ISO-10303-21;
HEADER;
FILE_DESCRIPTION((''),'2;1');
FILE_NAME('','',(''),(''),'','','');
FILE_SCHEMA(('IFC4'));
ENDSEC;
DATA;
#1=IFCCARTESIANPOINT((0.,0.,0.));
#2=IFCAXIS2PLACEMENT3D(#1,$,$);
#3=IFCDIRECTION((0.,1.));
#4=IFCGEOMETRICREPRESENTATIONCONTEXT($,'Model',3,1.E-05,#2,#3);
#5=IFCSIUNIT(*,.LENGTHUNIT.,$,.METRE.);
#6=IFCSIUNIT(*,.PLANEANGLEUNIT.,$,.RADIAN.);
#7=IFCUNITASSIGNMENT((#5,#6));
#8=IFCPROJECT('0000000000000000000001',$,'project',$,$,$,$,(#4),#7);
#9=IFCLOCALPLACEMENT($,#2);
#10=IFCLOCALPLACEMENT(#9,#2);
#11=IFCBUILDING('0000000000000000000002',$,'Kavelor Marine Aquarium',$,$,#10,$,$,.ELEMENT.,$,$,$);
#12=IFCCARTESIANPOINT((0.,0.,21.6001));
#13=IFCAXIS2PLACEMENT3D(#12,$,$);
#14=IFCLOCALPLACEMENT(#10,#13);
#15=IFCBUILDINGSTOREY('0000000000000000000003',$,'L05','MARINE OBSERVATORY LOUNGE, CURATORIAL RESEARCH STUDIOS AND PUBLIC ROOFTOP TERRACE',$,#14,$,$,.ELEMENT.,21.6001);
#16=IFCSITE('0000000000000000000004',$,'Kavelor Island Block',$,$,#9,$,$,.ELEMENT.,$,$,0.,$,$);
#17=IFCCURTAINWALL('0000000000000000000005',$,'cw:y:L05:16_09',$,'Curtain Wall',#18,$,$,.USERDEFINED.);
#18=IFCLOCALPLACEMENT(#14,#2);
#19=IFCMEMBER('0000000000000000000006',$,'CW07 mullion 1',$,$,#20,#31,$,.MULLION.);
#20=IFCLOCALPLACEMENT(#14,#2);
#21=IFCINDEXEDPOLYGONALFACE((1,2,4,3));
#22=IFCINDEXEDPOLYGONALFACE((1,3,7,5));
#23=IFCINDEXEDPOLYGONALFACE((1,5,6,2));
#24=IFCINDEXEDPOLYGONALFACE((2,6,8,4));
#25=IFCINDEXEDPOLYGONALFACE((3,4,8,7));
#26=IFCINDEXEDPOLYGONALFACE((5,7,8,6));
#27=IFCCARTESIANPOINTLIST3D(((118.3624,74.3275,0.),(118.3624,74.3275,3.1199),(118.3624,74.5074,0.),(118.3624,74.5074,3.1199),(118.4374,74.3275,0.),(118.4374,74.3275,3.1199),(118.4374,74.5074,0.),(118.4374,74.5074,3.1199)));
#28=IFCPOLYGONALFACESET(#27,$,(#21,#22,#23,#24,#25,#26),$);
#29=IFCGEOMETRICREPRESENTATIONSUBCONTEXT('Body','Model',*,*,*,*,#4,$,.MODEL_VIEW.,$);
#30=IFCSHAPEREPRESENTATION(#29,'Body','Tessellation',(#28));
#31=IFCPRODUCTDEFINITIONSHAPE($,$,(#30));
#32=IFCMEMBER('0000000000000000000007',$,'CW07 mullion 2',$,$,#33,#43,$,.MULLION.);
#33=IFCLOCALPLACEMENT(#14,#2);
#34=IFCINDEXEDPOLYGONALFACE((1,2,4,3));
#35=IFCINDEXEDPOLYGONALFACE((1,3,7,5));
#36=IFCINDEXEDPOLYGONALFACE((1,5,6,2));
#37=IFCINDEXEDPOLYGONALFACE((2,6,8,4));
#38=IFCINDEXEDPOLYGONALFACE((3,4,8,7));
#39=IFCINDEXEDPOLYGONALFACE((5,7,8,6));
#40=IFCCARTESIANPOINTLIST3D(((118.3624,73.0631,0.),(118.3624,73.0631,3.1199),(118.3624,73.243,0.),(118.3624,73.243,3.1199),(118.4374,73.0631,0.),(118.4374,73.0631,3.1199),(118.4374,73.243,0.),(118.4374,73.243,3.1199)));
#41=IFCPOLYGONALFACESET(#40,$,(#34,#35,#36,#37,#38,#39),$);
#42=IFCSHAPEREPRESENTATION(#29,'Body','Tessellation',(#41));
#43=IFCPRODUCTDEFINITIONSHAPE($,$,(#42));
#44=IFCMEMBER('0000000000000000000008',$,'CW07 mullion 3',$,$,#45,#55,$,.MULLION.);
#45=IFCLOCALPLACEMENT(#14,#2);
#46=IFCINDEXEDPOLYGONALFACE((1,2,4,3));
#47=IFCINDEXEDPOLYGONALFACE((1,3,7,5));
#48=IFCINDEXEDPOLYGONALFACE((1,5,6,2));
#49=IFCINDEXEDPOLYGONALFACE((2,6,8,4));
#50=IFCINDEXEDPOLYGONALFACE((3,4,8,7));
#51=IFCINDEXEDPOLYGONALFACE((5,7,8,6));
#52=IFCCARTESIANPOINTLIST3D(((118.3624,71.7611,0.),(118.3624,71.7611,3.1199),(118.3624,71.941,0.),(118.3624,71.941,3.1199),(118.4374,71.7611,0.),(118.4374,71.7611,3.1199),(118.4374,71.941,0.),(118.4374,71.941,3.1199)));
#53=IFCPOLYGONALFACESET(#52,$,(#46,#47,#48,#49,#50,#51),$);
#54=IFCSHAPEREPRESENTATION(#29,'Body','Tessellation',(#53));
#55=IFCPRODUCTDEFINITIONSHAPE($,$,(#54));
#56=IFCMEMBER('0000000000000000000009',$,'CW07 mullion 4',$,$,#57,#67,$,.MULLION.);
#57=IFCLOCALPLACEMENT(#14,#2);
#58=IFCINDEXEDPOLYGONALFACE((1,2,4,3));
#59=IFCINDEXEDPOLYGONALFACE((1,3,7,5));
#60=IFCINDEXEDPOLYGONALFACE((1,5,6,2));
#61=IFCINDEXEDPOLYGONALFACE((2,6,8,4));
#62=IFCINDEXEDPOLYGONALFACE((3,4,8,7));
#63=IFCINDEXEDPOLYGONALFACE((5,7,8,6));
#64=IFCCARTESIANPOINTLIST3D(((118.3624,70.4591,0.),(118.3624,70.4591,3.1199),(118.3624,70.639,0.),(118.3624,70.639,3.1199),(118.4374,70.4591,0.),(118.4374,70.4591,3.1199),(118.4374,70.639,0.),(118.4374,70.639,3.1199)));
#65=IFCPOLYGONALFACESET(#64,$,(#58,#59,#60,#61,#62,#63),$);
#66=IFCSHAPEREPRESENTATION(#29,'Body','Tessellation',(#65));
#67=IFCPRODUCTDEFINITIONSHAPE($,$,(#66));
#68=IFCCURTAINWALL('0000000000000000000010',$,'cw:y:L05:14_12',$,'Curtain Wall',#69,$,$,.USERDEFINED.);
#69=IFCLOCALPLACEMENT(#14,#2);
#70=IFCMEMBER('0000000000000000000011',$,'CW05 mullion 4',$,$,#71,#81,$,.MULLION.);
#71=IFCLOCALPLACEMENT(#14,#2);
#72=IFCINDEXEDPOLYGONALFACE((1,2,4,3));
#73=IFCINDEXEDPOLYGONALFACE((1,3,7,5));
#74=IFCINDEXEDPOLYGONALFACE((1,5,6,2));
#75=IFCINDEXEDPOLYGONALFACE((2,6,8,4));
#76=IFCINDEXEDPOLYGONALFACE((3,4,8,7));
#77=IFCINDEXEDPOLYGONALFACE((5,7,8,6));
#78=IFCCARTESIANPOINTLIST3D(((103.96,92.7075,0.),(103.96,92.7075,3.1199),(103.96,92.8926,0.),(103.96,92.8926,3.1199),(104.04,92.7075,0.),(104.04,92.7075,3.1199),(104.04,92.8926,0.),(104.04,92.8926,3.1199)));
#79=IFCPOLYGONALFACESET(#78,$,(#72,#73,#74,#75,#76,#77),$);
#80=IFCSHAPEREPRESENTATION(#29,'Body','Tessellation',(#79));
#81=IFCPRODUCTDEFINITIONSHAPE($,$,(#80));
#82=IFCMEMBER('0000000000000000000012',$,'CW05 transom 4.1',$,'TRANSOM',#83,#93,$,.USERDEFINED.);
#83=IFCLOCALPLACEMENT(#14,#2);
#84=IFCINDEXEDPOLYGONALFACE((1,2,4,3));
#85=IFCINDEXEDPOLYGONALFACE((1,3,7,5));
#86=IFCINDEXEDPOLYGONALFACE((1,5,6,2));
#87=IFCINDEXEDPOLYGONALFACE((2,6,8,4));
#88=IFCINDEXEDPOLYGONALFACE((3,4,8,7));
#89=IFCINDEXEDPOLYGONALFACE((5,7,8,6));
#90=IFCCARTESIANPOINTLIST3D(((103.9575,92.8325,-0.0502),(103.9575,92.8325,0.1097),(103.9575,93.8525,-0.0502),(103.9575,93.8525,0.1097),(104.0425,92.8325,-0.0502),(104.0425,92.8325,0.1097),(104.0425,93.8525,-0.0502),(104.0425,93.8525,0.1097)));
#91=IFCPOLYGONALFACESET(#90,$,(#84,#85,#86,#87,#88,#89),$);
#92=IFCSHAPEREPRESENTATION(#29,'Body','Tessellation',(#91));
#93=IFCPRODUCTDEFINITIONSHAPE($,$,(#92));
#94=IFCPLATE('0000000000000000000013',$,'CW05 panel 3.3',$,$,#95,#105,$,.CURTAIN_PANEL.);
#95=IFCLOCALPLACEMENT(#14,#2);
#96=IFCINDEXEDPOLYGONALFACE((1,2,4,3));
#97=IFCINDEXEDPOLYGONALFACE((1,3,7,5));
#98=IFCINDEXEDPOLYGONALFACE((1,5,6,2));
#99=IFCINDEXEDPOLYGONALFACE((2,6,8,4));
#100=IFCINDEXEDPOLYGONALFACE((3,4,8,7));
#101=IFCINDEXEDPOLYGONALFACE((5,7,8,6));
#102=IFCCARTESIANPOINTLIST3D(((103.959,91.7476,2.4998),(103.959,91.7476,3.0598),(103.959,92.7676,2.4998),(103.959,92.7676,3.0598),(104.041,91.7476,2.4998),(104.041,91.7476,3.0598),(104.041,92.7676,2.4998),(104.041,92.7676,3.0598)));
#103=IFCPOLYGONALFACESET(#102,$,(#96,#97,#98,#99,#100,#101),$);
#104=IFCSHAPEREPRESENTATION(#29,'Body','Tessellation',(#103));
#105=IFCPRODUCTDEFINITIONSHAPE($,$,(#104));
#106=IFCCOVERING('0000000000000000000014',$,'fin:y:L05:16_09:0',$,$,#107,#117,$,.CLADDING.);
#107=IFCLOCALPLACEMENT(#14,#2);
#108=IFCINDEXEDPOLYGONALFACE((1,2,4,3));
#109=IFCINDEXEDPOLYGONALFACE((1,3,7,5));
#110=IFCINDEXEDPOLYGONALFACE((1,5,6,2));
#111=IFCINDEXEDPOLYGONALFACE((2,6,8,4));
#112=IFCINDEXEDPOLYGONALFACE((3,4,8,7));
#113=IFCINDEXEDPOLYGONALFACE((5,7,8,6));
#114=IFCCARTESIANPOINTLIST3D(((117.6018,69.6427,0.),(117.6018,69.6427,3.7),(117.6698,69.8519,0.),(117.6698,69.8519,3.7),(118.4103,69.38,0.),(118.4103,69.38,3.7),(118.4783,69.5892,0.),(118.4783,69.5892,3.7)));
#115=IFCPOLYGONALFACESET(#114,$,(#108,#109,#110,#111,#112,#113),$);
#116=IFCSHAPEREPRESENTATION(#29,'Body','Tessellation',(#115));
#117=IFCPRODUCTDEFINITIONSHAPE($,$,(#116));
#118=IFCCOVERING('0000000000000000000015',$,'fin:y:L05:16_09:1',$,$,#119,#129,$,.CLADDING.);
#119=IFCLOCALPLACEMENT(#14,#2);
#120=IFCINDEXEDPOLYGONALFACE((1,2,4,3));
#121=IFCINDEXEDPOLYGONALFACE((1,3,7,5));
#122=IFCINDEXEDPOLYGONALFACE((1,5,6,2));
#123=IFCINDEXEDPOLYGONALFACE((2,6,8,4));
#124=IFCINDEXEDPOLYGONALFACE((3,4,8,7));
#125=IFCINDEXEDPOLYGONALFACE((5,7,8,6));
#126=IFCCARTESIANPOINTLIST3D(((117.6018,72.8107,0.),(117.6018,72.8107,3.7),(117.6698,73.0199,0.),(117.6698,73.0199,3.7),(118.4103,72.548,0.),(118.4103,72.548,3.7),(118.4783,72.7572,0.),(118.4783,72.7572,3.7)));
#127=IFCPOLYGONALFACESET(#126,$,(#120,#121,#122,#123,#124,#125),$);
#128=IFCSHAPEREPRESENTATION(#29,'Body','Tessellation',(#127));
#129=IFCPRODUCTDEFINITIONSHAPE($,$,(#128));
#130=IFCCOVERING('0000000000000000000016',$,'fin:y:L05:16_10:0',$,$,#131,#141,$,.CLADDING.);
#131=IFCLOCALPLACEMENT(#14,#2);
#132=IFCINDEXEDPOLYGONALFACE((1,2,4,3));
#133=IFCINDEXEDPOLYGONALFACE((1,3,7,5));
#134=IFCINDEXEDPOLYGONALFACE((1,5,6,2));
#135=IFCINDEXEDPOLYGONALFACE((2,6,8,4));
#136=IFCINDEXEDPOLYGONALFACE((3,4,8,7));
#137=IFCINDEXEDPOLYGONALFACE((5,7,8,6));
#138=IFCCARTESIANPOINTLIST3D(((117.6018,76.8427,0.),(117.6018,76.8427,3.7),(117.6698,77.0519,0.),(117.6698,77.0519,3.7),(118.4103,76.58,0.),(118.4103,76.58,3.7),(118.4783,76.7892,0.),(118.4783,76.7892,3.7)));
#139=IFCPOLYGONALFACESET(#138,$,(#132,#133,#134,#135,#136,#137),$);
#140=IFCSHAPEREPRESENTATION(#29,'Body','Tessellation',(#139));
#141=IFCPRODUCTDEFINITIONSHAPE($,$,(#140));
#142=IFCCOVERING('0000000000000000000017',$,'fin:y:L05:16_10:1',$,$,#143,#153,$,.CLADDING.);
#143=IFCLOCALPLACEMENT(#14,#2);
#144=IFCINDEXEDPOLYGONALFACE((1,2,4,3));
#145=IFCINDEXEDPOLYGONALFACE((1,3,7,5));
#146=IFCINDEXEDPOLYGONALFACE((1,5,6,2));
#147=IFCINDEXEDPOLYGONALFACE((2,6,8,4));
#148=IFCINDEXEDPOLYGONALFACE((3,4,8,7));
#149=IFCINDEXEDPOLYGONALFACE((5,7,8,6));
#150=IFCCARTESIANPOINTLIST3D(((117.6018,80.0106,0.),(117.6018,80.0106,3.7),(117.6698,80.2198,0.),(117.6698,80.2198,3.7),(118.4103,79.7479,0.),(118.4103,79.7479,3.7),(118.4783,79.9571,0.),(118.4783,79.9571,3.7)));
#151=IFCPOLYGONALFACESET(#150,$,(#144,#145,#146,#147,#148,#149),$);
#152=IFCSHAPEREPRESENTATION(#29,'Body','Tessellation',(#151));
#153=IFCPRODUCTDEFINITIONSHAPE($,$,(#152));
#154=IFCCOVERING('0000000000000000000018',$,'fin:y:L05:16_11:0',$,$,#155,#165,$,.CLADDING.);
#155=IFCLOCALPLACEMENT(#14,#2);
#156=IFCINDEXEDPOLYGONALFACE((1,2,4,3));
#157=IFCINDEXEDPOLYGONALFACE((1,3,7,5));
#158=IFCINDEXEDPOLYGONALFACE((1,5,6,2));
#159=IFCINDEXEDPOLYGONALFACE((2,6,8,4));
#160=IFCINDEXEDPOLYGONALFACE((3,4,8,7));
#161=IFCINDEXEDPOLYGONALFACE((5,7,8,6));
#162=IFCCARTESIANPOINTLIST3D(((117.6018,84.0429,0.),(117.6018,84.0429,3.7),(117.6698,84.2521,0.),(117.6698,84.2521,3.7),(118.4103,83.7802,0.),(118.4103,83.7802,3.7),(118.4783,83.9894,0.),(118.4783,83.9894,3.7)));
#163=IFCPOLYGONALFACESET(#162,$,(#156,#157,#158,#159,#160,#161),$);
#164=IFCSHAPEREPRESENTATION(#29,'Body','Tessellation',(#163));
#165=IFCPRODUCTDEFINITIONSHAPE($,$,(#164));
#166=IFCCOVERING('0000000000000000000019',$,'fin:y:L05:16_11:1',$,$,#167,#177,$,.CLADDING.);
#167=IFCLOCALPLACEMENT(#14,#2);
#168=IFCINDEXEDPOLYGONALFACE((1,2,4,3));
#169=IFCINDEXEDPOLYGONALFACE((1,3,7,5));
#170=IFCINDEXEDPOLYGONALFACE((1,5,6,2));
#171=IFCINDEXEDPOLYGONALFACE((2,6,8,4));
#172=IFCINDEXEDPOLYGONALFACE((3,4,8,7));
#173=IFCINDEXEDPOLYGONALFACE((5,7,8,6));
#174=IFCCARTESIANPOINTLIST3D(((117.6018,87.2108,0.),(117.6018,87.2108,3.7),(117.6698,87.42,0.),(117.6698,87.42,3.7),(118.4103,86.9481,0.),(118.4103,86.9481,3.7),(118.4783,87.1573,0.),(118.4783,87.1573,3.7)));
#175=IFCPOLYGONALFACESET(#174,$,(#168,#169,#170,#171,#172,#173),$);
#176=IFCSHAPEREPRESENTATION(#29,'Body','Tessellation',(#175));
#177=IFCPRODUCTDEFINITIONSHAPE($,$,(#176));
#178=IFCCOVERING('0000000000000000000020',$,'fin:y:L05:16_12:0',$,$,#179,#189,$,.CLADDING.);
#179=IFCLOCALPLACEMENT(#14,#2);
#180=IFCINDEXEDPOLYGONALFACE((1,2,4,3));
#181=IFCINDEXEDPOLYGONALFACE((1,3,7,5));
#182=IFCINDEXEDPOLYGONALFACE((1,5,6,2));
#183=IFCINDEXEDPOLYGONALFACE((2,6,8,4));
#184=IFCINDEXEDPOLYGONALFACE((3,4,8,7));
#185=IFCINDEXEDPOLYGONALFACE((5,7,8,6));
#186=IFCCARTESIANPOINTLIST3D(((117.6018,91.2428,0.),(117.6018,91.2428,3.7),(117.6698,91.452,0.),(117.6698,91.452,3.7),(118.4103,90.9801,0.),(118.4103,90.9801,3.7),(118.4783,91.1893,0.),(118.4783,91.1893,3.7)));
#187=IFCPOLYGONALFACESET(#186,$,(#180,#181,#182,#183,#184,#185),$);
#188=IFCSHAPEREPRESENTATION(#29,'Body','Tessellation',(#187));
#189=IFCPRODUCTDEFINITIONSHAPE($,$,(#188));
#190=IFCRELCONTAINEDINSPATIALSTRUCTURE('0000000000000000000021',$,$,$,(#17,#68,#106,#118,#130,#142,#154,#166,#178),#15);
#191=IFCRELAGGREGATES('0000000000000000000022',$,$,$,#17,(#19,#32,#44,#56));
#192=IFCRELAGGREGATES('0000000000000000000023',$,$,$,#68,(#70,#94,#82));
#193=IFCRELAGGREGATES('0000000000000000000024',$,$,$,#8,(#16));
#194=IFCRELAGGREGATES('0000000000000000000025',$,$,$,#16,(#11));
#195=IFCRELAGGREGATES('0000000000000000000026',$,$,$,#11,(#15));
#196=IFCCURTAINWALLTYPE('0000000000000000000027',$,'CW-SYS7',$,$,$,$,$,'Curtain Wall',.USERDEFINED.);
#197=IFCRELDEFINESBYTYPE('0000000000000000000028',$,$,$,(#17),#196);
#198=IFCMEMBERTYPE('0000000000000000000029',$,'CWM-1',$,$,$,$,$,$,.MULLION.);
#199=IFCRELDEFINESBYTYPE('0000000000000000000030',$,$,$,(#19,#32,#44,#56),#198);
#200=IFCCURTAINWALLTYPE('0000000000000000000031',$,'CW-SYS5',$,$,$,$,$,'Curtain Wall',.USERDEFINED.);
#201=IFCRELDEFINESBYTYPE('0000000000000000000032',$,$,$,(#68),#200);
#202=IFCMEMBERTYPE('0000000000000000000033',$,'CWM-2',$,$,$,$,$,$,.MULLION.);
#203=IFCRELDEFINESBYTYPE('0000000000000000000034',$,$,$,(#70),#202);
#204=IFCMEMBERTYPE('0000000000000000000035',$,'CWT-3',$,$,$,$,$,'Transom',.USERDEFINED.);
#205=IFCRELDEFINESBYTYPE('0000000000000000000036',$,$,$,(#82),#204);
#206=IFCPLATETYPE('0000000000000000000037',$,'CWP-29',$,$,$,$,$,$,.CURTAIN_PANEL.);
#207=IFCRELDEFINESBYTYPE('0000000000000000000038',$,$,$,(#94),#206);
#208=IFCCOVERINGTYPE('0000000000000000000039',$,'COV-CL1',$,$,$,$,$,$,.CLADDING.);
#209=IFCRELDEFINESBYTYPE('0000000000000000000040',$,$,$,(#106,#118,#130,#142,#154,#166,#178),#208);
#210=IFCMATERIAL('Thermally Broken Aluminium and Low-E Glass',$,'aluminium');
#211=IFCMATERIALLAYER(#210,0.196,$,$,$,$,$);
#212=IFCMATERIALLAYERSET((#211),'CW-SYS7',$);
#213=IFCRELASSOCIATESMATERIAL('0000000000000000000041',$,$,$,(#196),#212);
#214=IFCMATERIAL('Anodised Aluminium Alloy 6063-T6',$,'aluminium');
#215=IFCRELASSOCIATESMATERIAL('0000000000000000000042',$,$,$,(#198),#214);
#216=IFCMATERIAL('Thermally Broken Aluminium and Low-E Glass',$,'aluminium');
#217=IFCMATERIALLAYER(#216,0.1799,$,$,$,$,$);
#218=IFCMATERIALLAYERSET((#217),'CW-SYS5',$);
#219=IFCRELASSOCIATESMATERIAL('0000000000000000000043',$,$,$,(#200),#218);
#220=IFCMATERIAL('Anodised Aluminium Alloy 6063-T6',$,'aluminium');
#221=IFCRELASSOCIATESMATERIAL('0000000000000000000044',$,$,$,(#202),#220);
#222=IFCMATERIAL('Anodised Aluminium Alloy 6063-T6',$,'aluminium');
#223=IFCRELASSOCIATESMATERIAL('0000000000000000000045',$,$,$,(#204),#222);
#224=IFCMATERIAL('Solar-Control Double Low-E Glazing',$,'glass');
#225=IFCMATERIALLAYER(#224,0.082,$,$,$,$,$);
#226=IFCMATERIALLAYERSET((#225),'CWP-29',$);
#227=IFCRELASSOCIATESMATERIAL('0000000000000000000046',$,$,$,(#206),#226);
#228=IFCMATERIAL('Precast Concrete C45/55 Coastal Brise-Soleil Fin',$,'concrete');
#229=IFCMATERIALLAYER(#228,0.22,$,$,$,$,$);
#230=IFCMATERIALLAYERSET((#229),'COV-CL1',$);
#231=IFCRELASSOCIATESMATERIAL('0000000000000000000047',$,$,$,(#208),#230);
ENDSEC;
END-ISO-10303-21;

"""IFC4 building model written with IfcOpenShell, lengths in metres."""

from ifc_helpers import new_model, si_unit, direction, frame, origin, origin_2d, place, context, subcontext, project, spatial, rectangle, extrude, material, layer, layer_set, material_profile, profile_set, type_object, element, aggregate, save


model = new_model("IFC4")

# Units and contexts
model_context = context("Model", 3, precision=1e-05, world=origin(), true_north=direction((0.0, 1.0)))
body_context = subcontext(model_context, "Body", "Model", "MODEL_VIEW")
ifc_project = project(units=[si_unit("LENGTHUNIT", "METRE"), si_unit("PLANEANGLEUNIT", "RADIAN")], contexts=[model_context])

# Site, building, storey
site_placement = place(None, origin())
site = spatial("IfcSite", under=ifc_project, at=site_placement, Name="Kavelor Island Block", CompositionType="ELEMENT", RefElevation=0.0)
building_placement = place(site_placement, origin())
building = spatial("IfcBuilding", under=site, at=building_placement, Name="Kavelor Marine Aquarium", CompositionType="ELEMENT")
storey_placement = place(building_placement, frame((0.0, 0.0, 21.6001)))
storey = spatial("IfcBuildingStorey", under=building, at=storey_placement, Name="L05", Description="MARINE OBSERVATORY LOUNGE, CURATORIAL RESEARCH STUDIOS AND PUBLIC ROOFTOP TERRACE", CompositionType="ELEMENT", Elevation=21.6001)

# Curtain wall, members
ifc_material_1 = material(Name="Thermally Broken Aluminium and Low-E Glass", Category="aluminium")
ifc_layer_1 = layer(ifc_material_1, 0.196)
ifc_layer_set_1 = layer_set([ifc_layer_1], Name="CW-SYS7")
curtain_wall_type_1 = type_object("IfcCurtainWallType", Name="CW-SYS7", ElementType="Curtain Wall", PredefinedType="USERDEFINED", material=ifc_layer_set_1)
curtain_wall_1_placement = place(storey_placement, origin())
curtain_wall_1 = element("IfcCurtainWall", 1, at=curtain_wall_1_placement, inside=storey, type_object=curtain_wall_type_1, Name="cw:y:L05:16_09", ObjectType="Curtain Wall", PredefinedType="USERDEFINED")
ifc_material_2 = material(Name="Anodised Aluminium Alloy 6063-T6", Category="aluminium")
ifc_material_profile_1 = material_profile(ifc_material_2, rectangle(XDim=0.075, YDim=0.1799, at=origin_2d()), Name="CW-MUL 75x180")
ifc_profile_set_1 = profile_set([ifc_material_profile_1], Name="Anodised Aluminium Alloy 6063-T6")
member_type_1 = type_object("IfcMemberType", Name="CWM-1", PredefinedType="MULLION", material=ifc_profile_set_1)
member_1_placement = place(storey_placement, frame((118.3999, 74.4175, 0.0), z_axis=(0.0, 0.0, 1.0), x_axis=(1.0, 0.0, 0.0)))
member_1 = element("IfcMember", 2, at=member_1_placement, type_object=member_type_1, Name="CW07 mullion 1", PredefinedType="MULLION", context=body_context, shape_type="SweptSolid", body=[
    extrude(rectangle(XDim=0.075, YDim=0.1799, at=origin_2d()), origin(), (0.0, 0.0, 1.0), 3.1199),
])
member_2_placement = place(storey_placement, frame((118.3999, 73.1531, 0.0), z_axis=(0.0, 0.0, 1.0), x_axis=(1.0, 0.0, 0.0)))
member_2 = element("IfcMember", 3, at=member_2_placement, type_object=member_type_1, Name="CW07 mullion 2", PredefinedType="MULLION", context=body_context, shape_type="SweptSolid", body=[
    extrude(rectangle(XDim=0.075, YDim=0.1799, at=origin_2d()), origin(), (0.0, 0.0, 1.0), 3.1199),
])
member_3_placement = place(storey_placement, frame((118.3999, 71.8511, 0.0), z_axis=(0.0, 0.0, 1.0), x_axis=(1.0, 0.0, 0.0)))
member_3 = element("IfcMember", 4, at=member_3_placement, type_object=member_type_1, Name="CW07 mullion 3", PredefinedType="MULLION", context=body_context, shape_type="SweptSolid", body=[
    extrude(rectangle(XDim=0.075, YDim=0.1799, at=origin_2d()), origin(), (0.0, 0.0, 1.0), 3.1199),
])
member_4_placement = place(storey_placement, frame((118.3999, 70.5491, 0.0), z_axis=(0.0, 0.0, 1.0), x_axis=(1.0, 0.0, 0.0)))
member_4 = element("IfcMember", 5, at=member_4_placement, type_object=member_type_1, Name="CW07 mullion 4", PredefinedType="MULLION", context=body_context, shape_type="SweptSolid", body=[
    extrude(rectangle(XDim=0.075, YDim=0.1799, at=origin_2d()), origin(), (0.0, 0.0, 1.0), 3.1199),
])
aggregate(curtain_wall_1, [member_1, member_2, member_3, member_4])

# Curtain wall, members, plate
ifc_material_3 = material(Name="Thermally Broken Aluminium and Low-E Glass", Category="aluminium")
ifc_layer_2 = layer(ifc_material_3, 0.1799)
ifc_layer_set_2 = layer_set([ifc_layer_2], Name="CW-SYS5")
curtain_wall_type_2 = type_object("IfcCurtainWallType", Name="CW-SYS5", ElementType="Curtain Wall", PredefinedType="USERDEFINED", material=ifc_layer_set_2)
curtain_wall_2_placement = place(storey_placement, origin())
curtain_wall_2 = element("IfcCurtainWall", 6, at=curtain_wall_2_placement, inside=storey, type_object=curtain_wall_type_2, Name="cw:y:L05:14_12", ObjectType="Curtain Wall", PredefinedType="USERDEFINED")
ifc_material_4 = material(Name="Anodised Aluminium Alloy 6063-T6", Category="aluminium")
ifc_material_profile_2 = material_profile(ifc_material_4, rectangle(XDim=0.0801, YDim=0.1851, at=origin_2d()), Name="CW-MUL 80x185")
ifc_profile_set_2 = profile_set([ifc_material_profile_2], Name="Anodised Aluminium Alloy 6063-T6")
member_type_2 = type_object("IfcMemberType", Name="CWM-2", PredefinedType="MULLION", material=ifc_profile_set_2)
member_5_placement = place(storey_placement, frame((104.0, 92.8, 0.0), z_axis=(0.0, 0.0, 1.0), x_axis=(-1.0, 0.0, 0.0)))
member_5 = element("IfcMember", 7, at=member_5_placement, type_object=member_type_2, Name="CW05 mullion 4", PredefinedType="MULLION", context=body_context, shape_type="SweptSolid", body=[
    extrude(rectangle(XDim=0.0801, YDim=0.1851, at=origin_2d()), origin(), (0.0, 0.0, 1.0), 3.1199),
])
ifc_material_5 = material(Name="Anodised Aluminium Alloy 6063-T6", Category="aluminium")
ifc_material_profile_3 = material_profile(ifc_material_5, rectangle(XDim=0.085, YDim=0.1599, at=origin_2d()), Name="CW-TRN 85x160")
ifc_profile_set_3 = profile_set([ifc_material_profile_3], Name="Anodised Aluminium Alloy 6063-T6")
member_type_3 = type_object("IfcMemberType", Name="CWT-3", ElementType="Transom", PredefinedType="USERDEFINED", material=ifc_profile_set_3)
member_6_placement = place(storey_placement, frame((104.0, 92.8325, 0.0298), z_axis=(0.0, 1.0, 0.0), x_axis=(-1.0, 0.0, 0.0)))
member_6 = element("IfcMember", 8, at=member_6_placement, type_object=member_type_3, Name="CW05 transom 4.1", ObjectType="TRANSOM", PredefinedType="USERDEFINED", context=body_context, shape_type="SweptSolid", body=[
    extrude(rectangle(XDim=0.085, YDim=0.1599, at=origin_2d()), origin(), (0.0, 0.0, 1.0), 1.02),
])
ifc_material_6 = material(Name="Solar-Control Double Low-E Glazing", Category="glass")
ifc_layer_3 = layer(ifc_material_6, 0.082)
ifc_layer_set_3 = layer_set([ifc_layer_3], Name="CWP-29")
plate_type = type_object("IfcPlateType", Name="CWP-29", PredefinedType="CURTAIN_PANEL", material=ifc_layer_set_3)
plate_placement = place(storey_placement, frame((104.0, 92.2576, 2.4998), z_axis=(0.0, 0.0, 1.0), x_axis=(0.0, 1.0, 0.0)))
plate = element("IfcPlate", 9, at=plate_placement, type_object=plate_type, Name="CW05 panel 3.3", PredefinedType="CURTAIN_PANEL", context=body_context, shape_type="SweptSolid", body=[
    extrude(rectangle(XDim=1.02, YDim=0.082, at=origin_2d()), origin(), (0.0, 0.0, 1.0), 0.5601),
])
aggregate(curtain_wall_2, [member_5, plate, member_6])

# Coverings
ifc_material_7 = material(Name="Precast Concrete C45/55 Coastal Brise-Soleil Fin", Category="concrete")
ifc_layer_4 = layer(ifc_material_7, 0.22)
ifc_layer_set_4 = layer_set([ifc_layer_4], Name="COV-CL1")
covering_type = type_object("IfcCoveringType", Name="COV-CL1", PredefinedType="CLADDING", material=ifc_layer_set_4)
for number, where, z_axis, x_axis, name in (
    (10, (118.04, 69.616, 0.0), (0.0, 0.0, 1.0), (0.951057, -0.309017, 0.0), "fin:y:L05:16_09:0"),
    (11, (118.04, 72.7839, 0.0), (0.0, 0.0, 1.0), (0.951057, -0.309017, 0.0), "fin:y:L05:16_09:1"),
    (12, (118.04, 76.8159, 0.0), (0.0, 0.0, 1.0), (0.951057, -0.309017, 0.0), "fin:y:L05:16_10:0"),
    (13, (118.04, 79.9839, 0.0), (0.0, 0.0, 1.0), (0.951057, -0.309017, 0.0), "fin:y:L05:16_10:1"),
    (14, (118.04, 84.0161, 0.0), (0.0, 0.0, 1.0), (0.951057, -0.309017, 0.0), "fin:y:L05:16_11:0"),
    (15, (118.04, 87.1841, 0.0), (0.0, 0.0, 1.0), (0.951057, -0.309017, 0.0), "fin:y:L05:16_11:1"),
    (16, (118.04, 91.2161, 0.0), (0.0, 0.0, 1.0), (0.951057, -0.309017, 0.0), "fin:y:L05:16_12:0"),
):
    element("IfcCovering", number, at=place(storey_placement, frame(where, z_axis=z_axis, x_axis=x_axis)), inside=storey, type_object=covering_type, Name=name, PredefinedType="CLADDING", context=body_context, shape_type="SweptSolid", body=[
        extrude(rectangle(XDim=0.8501, YDim=0.22, at=origin_2d()), origin(), (0.0, 0.0, 1.0), 3.7),
    ])

save(model, "model.ifc")
